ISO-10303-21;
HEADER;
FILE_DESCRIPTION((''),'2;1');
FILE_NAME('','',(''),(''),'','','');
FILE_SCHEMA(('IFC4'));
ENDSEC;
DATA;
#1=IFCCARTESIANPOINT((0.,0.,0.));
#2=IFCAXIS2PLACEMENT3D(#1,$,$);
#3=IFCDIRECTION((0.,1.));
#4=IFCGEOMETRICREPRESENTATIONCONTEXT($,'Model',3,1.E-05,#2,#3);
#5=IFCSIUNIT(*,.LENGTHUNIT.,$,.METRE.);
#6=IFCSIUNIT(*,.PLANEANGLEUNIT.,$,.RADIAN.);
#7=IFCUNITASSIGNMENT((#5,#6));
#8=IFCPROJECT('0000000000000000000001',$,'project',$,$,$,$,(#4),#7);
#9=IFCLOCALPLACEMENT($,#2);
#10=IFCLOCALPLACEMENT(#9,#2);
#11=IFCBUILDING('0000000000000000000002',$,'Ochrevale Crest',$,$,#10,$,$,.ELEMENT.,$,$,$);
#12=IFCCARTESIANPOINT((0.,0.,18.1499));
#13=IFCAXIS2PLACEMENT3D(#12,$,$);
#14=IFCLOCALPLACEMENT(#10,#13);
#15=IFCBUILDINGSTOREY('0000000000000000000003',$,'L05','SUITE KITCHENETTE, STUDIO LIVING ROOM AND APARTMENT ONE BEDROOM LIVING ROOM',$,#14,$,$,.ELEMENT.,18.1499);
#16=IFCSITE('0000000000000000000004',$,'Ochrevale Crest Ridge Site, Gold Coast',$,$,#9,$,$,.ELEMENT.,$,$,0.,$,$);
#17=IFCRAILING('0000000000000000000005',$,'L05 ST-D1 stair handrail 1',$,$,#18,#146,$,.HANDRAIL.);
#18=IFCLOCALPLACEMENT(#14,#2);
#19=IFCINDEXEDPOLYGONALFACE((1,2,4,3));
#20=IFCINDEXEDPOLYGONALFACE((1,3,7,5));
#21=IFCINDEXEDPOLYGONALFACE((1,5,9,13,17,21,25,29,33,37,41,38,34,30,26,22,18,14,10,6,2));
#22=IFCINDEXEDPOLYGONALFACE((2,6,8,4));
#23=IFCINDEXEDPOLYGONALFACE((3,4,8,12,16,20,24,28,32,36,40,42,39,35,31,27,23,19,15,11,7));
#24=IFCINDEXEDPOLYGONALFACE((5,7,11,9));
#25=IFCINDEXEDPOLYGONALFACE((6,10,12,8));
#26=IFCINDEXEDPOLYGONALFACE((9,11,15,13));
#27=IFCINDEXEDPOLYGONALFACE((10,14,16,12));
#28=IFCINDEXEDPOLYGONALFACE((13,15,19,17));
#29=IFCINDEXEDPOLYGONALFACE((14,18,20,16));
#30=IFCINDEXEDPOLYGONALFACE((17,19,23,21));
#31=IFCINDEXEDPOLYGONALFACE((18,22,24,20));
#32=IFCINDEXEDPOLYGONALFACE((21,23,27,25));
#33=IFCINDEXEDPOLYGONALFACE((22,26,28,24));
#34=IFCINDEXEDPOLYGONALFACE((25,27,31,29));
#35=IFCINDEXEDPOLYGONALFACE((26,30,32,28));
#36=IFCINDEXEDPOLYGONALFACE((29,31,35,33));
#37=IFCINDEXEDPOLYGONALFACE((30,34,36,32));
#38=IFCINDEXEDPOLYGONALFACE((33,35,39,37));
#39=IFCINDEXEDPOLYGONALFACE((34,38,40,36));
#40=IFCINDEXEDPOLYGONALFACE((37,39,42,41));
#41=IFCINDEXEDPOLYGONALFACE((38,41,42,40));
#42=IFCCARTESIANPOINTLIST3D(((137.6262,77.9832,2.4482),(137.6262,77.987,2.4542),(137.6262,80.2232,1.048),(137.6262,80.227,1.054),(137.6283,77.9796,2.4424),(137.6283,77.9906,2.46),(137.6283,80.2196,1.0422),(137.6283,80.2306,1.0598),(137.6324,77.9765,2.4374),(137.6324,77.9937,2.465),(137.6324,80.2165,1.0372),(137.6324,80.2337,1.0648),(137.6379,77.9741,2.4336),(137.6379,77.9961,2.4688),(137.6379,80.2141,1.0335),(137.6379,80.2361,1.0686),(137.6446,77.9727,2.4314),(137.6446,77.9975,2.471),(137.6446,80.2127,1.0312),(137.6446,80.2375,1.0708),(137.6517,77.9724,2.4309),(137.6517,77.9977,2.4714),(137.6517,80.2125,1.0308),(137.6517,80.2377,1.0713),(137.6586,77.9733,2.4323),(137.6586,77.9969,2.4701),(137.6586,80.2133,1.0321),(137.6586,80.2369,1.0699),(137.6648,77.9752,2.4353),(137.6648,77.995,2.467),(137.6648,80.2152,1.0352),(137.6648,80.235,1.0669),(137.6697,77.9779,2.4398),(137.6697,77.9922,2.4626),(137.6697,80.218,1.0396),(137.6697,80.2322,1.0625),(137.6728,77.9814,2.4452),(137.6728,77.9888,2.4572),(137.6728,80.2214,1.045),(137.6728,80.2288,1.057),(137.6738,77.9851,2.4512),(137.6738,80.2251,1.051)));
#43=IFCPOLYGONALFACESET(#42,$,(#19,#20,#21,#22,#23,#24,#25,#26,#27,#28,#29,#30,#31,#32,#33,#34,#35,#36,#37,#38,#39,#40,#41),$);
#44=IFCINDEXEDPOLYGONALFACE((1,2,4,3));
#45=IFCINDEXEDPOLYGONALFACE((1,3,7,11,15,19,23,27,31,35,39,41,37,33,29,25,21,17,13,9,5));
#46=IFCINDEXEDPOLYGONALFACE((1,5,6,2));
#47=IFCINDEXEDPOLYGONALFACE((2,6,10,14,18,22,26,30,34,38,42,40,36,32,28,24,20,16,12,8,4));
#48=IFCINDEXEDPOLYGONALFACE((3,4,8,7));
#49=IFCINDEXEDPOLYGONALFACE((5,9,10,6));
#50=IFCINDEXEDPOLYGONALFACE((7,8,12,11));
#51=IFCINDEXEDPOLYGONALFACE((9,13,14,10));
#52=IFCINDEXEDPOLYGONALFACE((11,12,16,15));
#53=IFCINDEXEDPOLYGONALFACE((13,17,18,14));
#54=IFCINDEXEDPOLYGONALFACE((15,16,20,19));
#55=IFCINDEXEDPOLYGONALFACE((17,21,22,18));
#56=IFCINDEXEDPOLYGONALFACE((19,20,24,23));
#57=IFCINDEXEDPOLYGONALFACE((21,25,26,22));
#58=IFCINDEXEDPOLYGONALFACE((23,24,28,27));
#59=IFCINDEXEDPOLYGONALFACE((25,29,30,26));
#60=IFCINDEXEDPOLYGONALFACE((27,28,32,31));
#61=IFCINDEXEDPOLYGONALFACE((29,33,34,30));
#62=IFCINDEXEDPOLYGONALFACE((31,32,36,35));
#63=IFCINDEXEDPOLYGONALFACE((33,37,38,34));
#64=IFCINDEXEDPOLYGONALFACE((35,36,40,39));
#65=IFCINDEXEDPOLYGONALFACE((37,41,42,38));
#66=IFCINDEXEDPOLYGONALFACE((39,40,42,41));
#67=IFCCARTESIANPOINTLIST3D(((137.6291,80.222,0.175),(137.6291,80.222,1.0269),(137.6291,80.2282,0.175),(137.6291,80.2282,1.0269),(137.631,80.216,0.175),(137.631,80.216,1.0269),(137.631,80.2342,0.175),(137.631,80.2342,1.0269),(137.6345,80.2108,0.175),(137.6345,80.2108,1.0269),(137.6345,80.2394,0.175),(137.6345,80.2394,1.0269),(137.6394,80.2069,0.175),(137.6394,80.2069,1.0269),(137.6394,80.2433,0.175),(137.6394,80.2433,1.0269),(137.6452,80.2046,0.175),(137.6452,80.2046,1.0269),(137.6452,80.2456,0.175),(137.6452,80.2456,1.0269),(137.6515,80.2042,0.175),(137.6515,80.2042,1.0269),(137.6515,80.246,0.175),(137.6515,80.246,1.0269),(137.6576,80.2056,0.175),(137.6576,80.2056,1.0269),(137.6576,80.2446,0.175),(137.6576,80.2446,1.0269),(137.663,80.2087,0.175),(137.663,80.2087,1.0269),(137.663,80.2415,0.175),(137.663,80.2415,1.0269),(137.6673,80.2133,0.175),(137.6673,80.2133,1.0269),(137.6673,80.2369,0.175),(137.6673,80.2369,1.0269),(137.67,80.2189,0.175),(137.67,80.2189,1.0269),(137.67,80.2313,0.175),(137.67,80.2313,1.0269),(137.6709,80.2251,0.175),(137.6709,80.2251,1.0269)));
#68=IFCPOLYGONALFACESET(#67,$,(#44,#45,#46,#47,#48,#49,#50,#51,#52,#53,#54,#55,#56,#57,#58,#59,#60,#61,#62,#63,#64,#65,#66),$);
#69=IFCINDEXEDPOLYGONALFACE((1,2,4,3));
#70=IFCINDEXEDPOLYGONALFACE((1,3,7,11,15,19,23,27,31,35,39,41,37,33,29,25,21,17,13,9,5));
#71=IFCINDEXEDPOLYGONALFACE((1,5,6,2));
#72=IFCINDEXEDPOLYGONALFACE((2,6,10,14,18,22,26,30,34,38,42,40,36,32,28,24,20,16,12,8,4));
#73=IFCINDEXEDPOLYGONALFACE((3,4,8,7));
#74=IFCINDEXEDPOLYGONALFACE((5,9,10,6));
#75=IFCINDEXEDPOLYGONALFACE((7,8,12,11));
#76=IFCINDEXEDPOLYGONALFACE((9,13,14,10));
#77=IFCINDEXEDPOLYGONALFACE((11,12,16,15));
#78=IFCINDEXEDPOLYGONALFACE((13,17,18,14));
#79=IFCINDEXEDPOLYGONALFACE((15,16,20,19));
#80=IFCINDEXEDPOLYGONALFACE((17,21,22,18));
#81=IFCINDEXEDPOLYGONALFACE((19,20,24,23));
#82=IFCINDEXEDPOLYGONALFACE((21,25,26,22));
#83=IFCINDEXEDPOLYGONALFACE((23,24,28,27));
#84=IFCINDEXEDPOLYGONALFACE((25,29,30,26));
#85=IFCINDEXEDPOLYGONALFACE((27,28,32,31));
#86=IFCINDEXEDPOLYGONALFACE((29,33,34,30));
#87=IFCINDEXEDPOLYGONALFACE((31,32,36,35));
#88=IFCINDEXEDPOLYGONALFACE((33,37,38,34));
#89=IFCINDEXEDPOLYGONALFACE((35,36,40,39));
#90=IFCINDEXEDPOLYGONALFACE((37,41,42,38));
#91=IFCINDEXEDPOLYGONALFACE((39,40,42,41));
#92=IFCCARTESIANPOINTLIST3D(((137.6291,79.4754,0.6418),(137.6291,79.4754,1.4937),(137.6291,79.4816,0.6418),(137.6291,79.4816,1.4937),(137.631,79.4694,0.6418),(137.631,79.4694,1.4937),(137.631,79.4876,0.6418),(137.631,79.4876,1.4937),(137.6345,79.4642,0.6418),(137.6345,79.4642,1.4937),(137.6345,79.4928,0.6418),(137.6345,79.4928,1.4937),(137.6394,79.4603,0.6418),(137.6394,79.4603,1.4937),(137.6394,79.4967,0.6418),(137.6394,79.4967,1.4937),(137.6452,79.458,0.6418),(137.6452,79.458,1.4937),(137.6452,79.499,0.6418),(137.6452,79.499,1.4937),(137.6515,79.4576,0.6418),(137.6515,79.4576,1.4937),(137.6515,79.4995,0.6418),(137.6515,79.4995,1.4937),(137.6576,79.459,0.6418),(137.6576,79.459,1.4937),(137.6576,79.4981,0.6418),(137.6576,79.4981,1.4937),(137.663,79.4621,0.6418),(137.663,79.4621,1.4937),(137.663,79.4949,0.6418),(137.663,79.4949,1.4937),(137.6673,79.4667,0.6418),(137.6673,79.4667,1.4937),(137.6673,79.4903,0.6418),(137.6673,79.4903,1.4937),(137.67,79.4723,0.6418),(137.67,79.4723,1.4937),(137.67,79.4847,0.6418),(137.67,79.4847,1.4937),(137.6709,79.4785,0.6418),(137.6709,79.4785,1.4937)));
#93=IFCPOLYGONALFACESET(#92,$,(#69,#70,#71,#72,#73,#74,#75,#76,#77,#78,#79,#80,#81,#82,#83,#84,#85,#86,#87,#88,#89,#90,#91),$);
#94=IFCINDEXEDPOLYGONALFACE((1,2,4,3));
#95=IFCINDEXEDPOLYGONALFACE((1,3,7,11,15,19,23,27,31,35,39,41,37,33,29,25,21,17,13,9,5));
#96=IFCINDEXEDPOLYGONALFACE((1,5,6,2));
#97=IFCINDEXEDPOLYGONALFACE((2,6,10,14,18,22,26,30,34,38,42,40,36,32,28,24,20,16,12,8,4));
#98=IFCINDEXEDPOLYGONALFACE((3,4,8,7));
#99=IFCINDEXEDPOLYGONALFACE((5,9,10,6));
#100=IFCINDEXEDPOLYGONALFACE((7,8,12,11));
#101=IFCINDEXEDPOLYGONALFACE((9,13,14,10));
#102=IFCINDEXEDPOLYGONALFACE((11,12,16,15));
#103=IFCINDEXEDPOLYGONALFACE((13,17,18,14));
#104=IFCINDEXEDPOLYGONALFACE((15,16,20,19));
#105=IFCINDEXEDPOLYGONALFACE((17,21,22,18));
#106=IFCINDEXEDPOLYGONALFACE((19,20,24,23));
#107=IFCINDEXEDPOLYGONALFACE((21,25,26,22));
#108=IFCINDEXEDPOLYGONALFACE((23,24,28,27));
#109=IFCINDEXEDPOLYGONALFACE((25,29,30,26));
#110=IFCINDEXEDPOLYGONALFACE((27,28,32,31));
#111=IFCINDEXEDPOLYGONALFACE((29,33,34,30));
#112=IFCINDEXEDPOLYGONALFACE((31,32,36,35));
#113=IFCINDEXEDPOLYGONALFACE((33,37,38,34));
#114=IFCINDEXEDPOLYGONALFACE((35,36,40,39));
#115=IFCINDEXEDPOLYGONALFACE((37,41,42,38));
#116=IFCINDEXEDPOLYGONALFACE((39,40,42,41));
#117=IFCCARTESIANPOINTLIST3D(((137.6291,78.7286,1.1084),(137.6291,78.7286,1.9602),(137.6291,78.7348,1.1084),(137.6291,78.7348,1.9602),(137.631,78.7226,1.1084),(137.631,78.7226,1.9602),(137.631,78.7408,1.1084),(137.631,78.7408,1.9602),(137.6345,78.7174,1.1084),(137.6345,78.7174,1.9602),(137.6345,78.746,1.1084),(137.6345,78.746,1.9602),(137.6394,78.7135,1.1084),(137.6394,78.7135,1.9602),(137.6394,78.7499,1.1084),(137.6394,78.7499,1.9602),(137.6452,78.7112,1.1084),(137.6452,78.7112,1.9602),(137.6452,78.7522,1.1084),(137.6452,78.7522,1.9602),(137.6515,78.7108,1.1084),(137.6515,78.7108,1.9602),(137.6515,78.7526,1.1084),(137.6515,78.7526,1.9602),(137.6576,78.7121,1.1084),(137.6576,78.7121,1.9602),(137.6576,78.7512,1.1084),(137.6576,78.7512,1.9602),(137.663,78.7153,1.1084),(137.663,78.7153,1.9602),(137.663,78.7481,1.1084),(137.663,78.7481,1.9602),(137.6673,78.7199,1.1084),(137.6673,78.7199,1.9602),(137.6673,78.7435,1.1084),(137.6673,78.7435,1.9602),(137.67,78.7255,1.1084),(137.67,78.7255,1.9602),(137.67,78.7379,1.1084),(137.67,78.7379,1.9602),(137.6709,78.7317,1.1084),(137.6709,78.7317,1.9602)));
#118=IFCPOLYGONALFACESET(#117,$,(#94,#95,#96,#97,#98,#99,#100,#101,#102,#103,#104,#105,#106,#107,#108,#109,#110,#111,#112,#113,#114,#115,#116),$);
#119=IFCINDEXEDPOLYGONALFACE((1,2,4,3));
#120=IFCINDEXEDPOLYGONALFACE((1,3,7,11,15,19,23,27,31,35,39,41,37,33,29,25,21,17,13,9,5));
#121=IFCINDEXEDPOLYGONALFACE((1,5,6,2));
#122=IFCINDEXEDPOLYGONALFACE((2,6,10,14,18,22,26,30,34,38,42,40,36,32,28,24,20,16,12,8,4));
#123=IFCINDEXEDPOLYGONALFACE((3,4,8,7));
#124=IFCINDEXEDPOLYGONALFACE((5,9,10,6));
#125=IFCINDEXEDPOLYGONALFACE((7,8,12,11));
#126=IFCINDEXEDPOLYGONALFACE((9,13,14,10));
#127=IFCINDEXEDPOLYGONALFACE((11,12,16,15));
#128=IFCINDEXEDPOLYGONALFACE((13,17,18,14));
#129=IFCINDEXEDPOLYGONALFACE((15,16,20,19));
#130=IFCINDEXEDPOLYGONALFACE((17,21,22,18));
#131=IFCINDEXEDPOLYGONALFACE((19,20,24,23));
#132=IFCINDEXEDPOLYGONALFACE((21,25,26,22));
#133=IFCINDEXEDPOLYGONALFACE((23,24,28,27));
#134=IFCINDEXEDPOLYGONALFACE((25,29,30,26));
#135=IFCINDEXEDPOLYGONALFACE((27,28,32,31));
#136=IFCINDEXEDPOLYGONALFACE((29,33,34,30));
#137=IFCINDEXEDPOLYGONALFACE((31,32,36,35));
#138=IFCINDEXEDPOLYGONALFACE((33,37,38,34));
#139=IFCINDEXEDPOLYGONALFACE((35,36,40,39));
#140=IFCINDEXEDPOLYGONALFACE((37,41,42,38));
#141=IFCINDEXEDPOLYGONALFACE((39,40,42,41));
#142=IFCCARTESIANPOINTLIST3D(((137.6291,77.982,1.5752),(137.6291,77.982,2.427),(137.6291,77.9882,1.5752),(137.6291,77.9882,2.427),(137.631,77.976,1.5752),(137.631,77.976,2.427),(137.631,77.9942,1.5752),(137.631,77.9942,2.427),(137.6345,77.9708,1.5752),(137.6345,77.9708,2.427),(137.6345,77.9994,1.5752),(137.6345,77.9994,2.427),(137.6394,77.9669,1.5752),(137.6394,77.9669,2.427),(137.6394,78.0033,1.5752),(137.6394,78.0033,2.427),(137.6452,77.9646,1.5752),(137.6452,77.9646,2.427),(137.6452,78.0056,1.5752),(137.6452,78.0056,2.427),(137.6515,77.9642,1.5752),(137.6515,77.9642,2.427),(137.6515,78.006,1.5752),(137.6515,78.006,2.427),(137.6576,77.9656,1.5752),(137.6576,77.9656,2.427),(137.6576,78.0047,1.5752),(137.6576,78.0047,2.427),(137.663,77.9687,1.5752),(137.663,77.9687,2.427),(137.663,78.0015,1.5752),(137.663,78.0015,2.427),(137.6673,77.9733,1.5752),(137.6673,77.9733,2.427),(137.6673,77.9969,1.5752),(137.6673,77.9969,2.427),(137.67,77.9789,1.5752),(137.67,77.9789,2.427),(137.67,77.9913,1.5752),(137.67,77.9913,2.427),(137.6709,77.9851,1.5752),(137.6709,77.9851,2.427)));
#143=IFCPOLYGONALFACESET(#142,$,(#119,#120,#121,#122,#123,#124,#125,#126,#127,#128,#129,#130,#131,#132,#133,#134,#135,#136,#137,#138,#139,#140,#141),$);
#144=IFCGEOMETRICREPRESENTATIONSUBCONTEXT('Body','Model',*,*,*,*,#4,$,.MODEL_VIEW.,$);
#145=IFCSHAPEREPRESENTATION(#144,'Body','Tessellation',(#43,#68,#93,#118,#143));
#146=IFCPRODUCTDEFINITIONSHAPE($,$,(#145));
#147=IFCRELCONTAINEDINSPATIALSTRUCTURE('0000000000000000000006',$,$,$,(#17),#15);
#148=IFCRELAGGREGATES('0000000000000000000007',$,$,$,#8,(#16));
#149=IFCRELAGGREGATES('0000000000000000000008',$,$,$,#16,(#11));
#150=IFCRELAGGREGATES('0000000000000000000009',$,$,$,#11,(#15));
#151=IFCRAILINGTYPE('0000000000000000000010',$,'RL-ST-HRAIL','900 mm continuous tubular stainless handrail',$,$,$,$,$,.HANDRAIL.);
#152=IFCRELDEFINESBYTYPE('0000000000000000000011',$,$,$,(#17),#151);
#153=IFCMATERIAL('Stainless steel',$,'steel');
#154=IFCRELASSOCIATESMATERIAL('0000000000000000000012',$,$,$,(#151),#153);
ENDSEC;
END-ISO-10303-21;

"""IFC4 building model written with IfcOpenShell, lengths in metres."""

from ifc_helpers import new_model, si_unit, direction, frame, origin, origin_2d, place, context, subcontext, project, spatial, circle, extrude, material, type_object, element, save


model = new_model("IFC4")

# Units and contexts
model_context = context("Model", 3, precision=1e-05, world=origin(), true_north=direction((0.0, 1.0)))
body_context = subcontext(model_context, "Body", "Model", "MODEL_VIEW")
ifc_project = project(units=[si_unit("LENGTHUNIT", "METRE"), si_unit("PLANEANGLEUNIT", "RADIAN")], contexts=[model_context])

# Site, building, storey
site_placement = place(None, origin())
site = spatial("IfcSite", under=ifc_project, at=site_placement, Name="Ochrevale Crest Ridge Site, Gold Coast", CompositionType="ELEMENT", RefElevation=0.0)
building_placement = place(site_placement, origin())
building = spatial("IfcBuilding", under=site, at=building_placement, Name="Ochrevale Crest", CompositionType="ELEMENT")
storey_placement = place(building_placement, frame((0.0, 0.0, 18.1499)))
storey = spatial("IfcBuildingStorey", under=building, at=storey_placement, Name="L05", Description="SUITE KITCHENETTE, STUDIO LIVING ROOM AND APARTMENT ONE BEDROOM LIVING ROOM", CompositionType="ELEMENT", Elevation=18.1499)

# Railing
ifc_material_1 = material(Name="Stainless steel", Category="steel")
railing_type_1 = type_object("IfcRailingType", Name="RL-ST-HRAIL", Description="900 mm continuous tubular stainless handrail", PredefinedType="HANDRAIL", material=ifc_material_1)
railing_1_placement = place(storey_placement, frame((137.6499, 80.2251, 0.175)))
element("IfcRailing", 1, at=railing_1_placement, inside=storey, type_object=railing_type_1, Name="L05 ST-D1 stair handrail 1", PredefinedType="HANDRAIL", context=body_context, shape_type="SweptSolid", body=[
    extrude(circle(Radius=0.0239, at=origin_2d()), frame((0.0, 0.0, 0.876), z_axis=(0.0, -0.847972, 0.53004), x_axis=(1.0, 0.0, 0.0)), (0.0, 0.0, 1.0), 2.6416),
    extrude(circle(Radius=0.021, at=origin_2d()), origin(), (0.0, 0.0, 1.0), 0.8518),
    extrude(circle(Radius=0.021, at=origin_2d()), frame((0.0, -0.7466, 0.4668)), (0.0, 0.0, 1.0), 0.8518),
    extrude(circle(Radius=0.021, at=origin_2d()), frame((0.0, -1.4934, 0.9333)), (0.0, 0.0, 1.0), 0.8518),
    extrude(circle(Radius=0.021, at=origin_2d()), frame((0.0, -2.24, 1.4001)), (0.0, 0.0, 1.0), 0.8518),
])

save(model, "model.ifc")
